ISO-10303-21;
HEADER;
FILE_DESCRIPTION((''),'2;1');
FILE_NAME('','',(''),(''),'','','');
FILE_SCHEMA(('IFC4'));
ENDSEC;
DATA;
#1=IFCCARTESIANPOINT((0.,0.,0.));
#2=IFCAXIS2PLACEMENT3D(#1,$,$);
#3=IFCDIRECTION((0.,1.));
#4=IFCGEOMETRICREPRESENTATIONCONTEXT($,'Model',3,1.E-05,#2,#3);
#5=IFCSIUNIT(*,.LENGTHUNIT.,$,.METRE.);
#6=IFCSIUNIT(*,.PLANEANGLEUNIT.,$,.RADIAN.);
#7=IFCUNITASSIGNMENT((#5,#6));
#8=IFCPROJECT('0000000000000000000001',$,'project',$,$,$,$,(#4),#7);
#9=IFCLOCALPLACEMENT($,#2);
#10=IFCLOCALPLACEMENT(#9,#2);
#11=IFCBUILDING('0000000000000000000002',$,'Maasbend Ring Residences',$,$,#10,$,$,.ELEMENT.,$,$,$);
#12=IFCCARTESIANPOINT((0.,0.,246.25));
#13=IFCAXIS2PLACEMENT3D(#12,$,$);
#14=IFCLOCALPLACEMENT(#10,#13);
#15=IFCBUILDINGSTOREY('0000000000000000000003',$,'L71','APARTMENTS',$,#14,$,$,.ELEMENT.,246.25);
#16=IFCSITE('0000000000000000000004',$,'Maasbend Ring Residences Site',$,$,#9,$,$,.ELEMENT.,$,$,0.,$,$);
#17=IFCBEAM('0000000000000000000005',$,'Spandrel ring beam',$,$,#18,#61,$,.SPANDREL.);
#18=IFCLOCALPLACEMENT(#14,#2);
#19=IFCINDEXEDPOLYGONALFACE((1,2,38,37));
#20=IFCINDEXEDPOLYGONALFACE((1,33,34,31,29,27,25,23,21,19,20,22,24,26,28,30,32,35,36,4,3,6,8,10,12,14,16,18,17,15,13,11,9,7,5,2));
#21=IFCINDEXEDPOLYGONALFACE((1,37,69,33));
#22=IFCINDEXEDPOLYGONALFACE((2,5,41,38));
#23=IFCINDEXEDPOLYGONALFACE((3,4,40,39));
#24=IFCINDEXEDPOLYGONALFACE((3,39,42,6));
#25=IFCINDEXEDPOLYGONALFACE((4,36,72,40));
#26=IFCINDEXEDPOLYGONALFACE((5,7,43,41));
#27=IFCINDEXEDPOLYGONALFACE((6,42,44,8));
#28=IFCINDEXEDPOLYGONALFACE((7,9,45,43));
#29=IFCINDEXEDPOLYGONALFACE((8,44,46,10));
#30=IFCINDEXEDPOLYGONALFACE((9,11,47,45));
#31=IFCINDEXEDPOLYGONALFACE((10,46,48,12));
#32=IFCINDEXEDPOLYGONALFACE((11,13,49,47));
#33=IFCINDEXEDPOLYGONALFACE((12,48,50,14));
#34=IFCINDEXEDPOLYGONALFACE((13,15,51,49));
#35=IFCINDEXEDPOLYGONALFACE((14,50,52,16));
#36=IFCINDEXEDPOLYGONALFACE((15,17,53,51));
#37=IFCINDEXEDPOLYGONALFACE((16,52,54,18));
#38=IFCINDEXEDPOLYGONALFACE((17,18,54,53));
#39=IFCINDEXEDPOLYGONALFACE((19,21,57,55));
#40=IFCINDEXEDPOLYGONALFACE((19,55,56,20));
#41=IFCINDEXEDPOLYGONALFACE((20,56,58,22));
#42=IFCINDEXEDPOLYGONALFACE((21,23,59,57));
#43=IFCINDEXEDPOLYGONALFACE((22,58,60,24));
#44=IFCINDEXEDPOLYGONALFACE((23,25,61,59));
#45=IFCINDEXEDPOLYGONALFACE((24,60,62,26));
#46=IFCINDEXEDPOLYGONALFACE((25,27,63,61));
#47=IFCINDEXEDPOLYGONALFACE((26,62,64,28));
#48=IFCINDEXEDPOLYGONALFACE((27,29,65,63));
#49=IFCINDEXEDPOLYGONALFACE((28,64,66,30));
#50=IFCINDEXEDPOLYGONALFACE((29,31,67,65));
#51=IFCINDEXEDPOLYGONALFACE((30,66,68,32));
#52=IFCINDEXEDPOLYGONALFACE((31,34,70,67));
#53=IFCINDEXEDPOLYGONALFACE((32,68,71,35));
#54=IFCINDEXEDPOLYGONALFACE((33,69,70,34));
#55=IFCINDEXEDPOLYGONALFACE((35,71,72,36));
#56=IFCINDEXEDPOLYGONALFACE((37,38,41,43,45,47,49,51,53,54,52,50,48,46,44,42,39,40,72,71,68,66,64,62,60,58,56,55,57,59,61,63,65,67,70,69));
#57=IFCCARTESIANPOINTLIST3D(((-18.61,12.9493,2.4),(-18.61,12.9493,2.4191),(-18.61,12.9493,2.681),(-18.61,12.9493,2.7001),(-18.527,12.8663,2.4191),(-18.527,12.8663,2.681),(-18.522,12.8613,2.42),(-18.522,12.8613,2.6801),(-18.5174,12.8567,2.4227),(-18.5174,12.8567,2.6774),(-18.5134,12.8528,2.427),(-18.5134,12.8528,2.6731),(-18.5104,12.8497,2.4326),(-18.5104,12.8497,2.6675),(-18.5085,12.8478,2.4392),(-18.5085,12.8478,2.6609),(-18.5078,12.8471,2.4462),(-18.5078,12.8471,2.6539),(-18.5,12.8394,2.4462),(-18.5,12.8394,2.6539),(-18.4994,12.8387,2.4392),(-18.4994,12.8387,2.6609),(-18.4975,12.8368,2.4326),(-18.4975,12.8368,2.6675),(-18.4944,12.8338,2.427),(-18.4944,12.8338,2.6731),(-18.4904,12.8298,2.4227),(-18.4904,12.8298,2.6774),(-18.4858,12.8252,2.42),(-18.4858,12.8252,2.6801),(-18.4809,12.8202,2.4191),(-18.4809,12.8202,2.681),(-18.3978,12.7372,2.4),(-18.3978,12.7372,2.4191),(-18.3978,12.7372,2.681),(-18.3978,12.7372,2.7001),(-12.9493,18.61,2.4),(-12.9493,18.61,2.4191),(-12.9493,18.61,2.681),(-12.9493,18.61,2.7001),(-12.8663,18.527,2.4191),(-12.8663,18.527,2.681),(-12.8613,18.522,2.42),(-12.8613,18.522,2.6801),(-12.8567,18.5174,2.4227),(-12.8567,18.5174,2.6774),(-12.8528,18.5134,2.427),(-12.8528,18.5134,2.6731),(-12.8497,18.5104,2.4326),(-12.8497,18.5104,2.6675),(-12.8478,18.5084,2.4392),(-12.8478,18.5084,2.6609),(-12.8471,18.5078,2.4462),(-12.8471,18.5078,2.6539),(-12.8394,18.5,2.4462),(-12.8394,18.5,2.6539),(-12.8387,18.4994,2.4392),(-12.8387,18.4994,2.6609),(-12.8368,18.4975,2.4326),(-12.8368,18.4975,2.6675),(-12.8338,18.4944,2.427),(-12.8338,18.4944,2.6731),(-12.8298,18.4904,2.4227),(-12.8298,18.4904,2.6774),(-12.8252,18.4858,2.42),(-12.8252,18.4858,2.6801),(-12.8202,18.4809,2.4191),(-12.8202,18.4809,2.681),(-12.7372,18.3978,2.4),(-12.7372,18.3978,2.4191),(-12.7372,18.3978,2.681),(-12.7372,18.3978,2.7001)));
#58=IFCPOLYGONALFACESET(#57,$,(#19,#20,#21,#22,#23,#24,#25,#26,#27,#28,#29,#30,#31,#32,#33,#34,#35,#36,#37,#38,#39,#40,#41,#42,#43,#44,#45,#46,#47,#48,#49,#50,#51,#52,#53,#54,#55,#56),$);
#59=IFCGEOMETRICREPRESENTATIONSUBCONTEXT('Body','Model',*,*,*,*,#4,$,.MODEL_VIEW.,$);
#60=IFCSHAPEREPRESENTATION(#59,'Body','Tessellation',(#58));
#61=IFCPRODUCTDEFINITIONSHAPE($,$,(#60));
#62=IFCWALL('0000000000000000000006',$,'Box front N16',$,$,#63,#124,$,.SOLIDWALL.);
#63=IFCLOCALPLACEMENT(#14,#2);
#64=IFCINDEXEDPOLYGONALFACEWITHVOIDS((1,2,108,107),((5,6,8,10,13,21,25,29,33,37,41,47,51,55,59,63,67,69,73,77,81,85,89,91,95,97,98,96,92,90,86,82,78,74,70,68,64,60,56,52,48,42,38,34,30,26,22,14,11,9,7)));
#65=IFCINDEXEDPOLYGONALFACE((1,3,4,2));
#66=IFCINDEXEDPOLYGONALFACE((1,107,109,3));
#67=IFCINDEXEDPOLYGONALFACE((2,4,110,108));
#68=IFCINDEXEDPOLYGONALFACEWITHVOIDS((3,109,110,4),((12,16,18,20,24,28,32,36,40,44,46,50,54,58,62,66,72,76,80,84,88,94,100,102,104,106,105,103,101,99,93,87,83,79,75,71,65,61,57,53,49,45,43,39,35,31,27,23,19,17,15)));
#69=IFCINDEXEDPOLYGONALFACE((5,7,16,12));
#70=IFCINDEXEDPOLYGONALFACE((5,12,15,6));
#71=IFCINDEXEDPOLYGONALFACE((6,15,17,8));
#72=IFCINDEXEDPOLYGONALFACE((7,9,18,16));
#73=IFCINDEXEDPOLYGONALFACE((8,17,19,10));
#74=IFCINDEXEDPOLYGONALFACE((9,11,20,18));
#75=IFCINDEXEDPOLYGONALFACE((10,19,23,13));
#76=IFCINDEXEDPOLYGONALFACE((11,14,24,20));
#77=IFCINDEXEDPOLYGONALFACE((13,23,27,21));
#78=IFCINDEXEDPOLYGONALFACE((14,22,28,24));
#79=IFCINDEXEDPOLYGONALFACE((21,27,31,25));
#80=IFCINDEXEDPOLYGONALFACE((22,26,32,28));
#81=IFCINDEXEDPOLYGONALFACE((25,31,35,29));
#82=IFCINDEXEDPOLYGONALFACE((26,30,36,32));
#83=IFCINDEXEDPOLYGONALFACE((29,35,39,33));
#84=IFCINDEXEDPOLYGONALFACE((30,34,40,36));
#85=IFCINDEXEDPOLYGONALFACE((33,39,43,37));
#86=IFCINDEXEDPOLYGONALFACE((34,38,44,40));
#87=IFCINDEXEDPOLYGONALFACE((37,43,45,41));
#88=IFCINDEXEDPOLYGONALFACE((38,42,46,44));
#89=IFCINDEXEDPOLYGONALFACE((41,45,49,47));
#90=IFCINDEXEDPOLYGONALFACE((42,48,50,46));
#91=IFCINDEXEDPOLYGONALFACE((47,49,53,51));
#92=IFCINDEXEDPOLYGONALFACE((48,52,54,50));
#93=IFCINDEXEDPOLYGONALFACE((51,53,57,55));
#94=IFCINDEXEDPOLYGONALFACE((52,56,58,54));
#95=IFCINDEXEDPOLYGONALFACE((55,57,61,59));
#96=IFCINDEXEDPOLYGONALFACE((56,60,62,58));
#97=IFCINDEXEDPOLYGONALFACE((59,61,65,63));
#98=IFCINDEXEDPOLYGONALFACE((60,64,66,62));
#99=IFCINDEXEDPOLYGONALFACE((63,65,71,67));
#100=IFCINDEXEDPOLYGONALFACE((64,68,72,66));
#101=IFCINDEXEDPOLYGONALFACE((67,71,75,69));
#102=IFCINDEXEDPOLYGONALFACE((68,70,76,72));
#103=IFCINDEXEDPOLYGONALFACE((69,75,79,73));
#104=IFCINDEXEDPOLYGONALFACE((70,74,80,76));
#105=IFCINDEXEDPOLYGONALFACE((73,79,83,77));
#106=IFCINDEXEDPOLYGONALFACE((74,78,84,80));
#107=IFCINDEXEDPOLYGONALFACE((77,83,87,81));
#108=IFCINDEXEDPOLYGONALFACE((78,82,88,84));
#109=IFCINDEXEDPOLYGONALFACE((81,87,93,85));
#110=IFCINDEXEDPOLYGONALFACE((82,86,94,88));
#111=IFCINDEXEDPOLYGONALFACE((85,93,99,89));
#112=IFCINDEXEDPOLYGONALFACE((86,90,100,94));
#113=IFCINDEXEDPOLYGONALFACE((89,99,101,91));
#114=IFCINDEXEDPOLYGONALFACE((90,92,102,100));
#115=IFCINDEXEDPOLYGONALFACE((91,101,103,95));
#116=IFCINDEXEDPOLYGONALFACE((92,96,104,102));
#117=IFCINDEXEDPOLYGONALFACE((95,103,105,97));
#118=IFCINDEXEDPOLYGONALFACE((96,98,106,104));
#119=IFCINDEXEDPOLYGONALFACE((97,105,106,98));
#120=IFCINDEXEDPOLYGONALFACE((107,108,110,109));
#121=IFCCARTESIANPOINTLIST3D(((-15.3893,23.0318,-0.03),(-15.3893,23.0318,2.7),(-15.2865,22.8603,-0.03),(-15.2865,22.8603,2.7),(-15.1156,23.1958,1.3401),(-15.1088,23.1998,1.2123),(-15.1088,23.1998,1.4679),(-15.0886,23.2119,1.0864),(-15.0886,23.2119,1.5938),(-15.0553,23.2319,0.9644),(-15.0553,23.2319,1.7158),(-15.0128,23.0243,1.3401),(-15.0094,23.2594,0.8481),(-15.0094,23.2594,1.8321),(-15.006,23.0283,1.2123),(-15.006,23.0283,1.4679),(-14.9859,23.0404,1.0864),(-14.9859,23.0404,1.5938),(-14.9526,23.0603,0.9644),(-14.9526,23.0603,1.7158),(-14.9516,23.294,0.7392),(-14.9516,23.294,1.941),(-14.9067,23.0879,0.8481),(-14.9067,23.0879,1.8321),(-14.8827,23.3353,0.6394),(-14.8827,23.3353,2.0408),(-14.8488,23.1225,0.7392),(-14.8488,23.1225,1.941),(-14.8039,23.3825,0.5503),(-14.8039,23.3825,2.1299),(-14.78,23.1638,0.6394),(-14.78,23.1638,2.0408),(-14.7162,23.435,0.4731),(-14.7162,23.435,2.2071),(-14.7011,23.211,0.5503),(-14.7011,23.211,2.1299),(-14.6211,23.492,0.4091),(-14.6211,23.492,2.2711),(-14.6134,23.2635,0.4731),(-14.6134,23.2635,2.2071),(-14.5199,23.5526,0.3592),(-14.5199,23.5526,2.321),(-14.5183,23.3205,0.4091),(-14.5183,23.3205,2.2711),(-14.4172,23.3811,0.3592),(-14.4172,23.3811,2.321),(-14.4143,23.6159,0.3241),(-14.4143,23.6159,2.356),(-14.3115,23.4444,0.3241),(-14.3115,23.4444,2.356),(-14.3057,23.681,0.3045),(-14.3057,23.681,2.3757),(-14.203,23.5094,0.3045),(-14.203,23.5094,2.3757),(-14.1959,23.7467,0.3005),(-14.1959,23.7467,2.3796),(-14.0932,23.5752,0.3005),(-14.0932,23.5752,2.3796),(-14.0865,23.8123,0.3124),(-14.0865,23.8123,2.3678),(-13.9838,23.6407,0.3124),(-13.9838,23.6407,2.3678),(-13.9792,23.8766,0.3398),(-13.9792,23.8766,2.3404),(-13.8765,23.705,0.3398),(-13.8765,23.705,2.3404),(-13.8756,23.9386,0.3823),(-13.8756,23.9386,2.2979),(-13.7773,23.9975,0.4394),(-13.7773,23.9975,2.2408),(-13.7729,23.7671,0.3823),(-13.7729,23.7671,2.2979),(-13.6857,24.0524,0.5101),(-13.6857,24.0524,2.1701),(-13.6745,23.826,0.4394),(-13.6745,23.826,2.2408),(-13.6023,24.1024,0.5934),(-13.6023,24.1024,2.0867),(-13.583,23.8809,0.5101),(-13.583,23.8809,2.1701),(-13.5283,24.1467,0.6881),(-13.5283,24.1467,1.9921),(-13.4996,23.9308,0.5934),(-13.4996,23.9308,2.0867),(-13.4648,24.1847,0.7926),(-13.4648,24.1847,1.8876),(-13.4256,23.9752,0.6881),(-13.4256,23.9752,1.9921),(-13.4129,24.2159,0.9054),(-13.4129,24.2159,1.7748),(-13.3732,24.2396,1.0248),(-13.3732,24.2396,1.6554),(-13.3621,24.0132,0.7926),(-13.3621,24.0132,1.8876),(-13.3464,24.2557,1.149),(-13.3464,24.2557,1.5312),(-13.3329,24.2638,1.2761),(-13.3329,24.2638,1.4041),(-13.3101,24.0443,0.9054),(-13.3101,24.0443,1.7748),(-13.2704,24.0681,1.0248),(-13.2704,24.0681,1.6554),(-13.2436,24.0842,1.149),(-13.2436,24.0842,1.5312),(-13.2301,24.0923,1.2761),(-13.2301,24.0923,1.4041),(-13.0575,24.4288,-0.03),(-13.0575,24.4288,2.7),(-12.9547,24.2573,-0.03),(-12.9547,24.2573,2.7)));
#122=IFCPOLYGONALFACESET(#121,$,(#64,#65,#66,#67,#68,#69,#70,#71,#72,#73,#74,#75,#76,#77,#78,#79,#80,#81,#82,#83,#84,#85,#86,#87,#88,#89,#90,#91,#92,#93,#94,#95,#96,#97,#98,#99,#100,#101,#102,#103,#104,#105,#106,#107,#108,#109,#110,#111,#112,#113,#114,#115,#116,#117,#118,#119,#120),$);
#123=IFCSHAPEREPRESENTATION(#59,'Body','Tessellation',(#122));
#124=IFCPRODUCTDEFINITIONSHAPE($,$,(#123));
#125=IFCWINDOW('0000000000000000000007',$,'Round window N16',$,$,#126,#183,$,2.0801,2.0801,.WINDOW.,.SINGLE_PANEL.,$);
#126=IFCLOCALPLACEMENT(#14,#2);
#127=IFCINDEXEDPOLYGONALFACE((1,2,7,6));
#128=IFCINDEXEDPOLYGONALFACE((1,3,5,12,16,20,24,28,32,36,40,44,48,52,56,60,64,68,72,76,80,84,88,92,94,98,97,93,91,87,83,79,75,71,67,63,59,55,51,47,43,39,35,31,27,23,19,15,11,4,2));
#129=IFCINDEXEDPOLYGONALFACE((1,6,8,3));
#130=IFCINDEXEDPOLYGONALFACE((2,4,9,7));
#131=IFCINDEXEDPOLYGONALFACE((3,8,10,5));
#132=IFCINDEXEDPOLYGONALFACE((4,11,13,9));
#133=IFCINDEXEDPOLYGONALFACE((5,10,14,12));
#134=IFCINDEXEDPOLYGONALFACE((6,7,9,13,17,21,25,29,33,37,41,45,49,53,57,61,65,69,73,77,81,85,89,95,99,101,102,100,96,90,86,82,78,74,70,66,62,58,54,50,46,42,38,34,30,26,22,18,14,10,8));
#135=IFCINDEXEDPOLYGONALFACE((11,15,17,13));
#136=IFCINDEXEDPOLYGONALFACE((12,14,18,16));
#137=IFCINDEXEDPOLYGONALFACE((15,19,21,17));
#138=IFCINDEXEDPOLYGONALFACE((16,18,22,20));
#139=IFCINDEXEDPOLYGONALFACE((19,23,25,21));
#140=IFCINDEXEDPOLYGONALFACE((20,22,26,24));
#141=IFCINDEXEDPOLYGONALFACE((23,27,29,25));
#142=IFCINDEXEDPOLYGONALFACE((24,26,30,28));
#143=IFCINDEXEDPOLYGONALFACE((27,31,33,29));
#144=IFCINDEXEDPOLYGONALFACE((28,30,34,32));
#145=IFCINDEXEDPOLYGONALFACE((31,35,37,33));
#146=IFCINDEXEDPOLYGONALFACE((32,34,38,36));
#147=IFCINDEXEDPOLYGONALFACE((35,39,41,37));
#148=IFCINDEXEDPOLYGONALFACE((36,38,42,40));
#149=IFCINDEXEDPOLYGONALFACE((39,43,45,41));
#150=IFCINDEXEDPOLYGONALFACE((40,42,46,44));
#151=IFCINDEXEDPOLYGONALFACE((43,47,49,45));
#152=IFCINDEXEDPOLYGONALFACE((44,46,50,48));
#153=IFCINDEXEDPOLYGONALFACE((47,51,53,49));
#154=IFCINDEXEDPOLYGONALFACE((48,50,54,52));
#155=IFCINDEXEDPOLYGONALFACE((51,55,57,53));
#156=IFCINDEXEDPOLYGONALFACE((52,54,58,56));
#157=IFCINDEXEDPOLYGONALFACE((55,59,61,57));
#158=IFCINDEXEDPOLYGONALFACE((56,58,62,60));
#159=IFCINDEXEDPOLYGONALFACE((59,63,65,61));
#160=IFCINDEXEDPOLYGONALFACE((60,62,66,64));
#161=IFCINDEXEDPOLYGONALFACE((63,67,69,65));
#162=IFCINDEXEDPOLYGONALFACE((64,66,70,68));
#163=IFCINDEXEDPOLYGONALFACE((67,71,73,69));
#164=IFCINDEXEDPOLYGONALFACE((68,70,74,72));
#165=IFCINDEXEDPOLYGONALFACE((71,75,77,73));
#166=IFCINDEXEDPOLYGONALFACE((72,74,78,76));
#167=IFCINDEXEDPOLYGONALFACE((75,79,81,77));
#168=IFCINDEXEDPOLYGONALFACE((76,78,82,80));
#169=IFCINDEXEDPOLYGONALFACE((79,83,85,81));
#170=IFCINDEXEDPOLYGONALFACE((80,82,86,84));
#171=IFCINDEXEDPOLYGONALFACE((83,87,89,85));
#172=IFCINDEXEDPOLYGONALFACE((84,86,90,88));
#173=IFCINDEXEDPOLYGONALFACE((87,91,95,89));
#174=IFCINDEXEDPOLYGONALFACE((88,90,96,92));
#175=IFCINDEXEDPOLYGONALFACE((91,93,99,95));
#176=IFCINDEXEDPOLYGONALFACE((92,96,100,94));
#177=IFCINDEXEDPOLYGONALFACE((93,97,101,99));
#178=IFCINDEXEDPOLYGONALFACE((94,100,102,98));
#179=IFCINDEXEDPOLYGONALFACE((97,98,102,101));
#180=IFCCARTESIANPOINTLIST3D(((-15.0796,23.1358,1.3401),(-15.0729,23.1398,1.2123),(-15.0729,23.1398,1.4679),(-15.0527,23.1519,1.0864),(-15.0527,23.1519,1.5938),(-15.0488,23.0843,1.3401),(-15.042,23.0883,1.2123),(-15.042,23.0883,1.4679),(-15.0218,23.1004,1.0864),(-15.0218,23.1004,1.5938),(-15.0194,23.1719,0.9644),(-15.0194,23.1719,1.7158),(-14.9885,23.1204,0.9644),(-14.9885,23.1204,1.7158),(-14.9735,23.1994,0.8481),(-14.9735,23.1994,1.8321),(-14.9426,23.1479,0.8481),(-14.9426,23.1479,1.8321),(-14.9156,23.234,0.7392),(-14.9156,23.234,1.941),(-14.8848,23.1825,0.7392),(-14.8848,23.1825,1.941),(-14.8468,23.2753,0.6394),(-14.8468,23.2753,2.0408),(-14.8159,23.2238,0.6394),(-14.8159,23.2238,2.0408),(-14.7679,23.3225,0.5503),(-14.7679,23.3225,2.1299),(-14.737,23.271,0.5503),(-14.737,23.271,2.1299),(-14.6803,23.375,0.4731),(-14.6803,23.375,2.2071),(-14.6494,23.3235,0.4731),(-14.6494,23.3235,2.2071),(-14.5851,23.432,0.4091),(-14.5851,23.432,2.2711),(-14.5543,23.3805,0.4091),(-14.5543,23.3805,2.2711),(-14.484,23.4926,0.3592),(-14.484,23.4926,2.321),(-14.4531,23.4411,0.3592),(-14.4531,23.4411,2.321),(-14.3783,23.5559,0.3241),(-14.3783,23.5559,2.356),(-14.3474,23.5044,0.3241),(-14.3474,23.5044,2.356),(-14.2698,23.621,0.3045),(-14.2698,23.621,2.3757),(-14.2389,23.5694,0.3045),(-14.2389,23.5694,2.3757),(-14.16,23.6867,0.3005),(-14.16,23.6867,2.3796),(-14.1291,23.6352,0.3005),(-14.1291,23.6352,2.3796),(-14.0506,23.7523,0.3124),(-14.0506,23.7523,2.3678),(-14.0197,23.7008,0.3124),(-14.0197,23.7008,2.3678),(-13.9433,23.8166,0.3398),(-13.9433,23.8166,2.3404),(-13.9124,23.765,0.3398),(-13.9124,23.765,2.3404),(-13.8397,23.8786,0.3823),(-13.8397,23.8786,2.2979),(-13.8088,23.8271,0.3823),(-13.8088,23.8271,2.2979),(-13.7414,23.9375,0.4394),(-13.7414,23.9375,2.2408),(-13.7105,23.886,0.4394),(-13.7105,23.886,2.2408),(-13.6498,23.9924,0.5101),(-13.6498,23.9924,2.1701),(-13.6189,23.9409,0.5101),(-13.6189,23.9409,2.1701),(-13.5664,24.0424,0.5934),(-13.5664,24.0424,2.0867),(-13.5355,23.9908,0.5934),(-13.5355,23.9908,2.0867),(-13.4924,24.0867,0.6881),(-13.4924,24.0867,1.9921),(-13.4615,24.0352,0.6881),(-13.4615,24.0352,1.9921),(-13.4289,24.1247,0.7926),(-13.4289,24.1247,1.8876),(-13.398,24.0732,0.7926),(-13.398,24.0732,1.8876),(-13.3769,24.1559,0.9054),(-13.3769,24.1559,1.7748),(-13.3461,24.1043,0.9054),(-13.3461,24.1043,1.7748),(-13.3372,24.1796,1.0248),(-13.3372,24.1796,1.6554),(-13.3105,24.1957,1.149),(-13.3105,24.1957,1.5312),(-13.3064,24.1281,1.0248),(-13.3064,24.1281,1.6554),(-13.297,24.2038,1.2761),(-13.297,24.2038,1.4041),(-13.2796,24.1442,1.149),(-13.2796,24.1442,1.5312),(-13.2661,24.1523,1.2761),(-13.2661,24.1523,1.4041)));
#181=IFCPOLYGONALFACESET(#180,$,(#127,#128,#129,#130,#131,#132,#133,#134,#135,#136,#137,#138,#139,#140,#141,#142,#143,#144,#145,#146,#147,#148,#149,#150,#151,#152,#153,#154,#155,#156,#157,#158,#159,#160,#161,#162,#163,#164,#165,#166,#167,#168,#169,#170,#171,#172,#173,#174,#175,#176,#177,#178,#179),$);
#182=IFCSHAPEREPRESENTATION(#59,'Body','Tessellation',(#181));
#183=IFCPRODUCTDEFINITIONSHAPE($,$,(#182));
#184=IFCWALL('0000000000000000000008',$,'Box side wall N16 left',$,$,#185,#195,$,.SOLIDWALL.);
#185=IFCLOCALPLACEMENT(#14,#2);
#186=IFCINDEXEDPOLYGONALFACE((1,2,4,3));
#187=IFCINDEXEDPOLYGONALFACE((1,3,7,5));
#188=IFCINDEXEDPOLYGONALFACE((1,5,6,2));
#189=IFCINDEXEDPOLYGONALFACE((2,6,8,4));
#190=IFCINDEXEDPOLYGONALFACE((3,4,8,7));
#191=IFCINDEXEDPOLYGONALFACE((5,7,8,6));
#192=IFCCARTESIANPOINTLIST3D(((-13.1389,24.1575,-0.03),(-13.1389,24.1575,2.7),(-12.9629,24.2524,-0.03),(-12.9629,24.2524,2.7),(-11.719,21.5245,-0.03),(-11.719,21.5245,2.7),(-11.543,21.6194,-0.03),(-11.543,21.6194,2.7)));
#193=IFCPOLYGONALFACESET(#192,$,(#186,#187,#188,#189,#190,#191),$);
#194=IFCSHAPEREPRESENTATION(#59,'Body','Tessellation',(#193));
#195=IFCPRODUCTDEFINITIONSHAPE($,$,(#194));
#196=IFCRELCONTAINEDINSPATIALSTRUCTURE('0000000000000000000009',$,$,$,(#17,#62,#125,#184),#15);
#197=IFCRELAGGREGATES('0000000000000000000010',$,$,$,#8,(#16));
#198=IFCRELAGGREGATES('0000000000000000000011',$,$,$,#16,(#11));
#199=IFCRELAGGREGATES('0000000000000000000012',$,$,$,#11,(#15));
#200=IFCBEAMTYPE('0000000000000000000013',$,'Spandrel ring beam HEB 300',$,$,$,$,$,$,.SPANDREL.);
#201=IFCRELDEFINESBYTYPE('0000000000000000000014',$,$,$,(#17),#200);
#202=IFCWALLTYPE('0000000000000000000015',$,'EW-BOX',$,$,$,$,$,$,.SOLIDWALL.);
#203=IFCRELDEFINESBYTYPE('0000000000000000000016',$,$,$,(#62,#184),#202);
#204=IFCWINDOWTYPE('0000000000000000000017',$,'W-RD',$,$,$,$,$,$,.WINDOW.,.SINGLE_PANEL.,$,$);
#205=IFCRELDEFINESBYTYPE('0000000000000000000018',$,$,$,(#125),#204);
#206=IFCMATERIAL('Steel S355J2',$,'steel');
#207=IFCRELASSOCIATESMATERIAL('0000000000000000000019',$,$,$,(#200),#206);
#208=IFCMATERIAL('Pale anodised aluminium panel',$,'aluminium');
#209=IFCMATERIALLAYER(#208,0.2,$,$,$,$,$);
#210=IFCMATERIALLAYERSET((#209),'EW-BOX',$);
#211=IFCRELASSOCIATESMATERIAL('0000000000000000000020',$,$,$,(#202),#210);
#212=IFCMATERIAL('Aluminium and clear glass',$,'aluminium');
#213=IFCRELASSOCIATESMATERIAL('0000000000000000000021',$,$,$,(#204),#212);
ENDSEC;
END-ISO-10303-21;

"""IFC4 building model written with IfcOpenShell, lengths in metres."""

from ifc_helpers import new_model, si_unit, direction, frame, frame_2d, origin, origin_2d, place, context, subcontext, project, spatial, rectangle, circle, i_section, extrude, material, layer, layer_set, material_profile, profile_set, type_object, element, fill, save


model = new_model("IFC4")

# Units and contexts
model_context = context("Model", 3, precision=1e-05, world=origin(), true_north=direction((0.0, 1.0)))
body_context = subcontext(model_context, "Body", "Model", "MODEL_VIEW")
ifc_project = project(units=[si_unit("LENGTHUNIT", "METRE"), si_unit("PLANEANGLEUNIT", "RADIAN")], contexts=[model_context])

# Site, building, storey
site_placement = place(None, origin())
site = spatial("IfcSite", under=ifc_project, at=site_placement, Name="Maasbend Ring Residences Site", CompositionType="ELEMENT", RefElevation=0.0)
building_placement = place(site_placement, origin())
building = spatial("IfcBuilding", under=site, at=building_placement, Name="Maasbend Ring Residences", CompositionType="ELEMENT")
storey_placement = place(building_placement, frame((0.0, 0.0, 246.25)))
storey = spatial("IfcBuildingStorey", under=building, at=storey_placement, Name="L71", Description="APARTMENTS", CompositionType="ELEMENT", Elevation=246.25)

# Beam
ifc_material_1 = material(Name="Steel S355J2", Category="steel")
ifc_material_profile_1 = material_profile(ifc_material_1, i_section(OverallWidth=0.3, OverallDepth=0.3, WebThickness=0.011, FlangeThickness=0.019, FilletRadius=0.0271, at=origin_2d()), Name="HEB 300")
ifc_profile_set_1 = profile_set([ifc_material_profile_1], Name="Steel S355J2")
beam_type = type_object("IfcBeamType", Name="Spandrel ring beam HEB 300", PredefinedType="SPANDREL", material=ifc_profile_set_1)
beam_placement = place(storey_placement, frame((-12.8433, 18.5039, 2.55), z_axis=(-0.707107, -0.707107, 0.0), x_axis=(0.707107, -0.707107, 0.0)))
element("IfcBeam", 1, at=beam_placement, inside=storey, type_object=beam_type, Name="Spandrel ring beam", PredefinedType="SPANDREL", context=body_context, shape_type="SweptSolid", body=[
    extrude(i_section(OverallWidth=0.3, OverallDepth=0.3, WebThickness=0.011, FlangeThickness=0.019, FilletRadius=0.0271, at=origin_2d()), origin(), (0.0, 0.0, 1.0), 8.0054),
])

# Wall, opening, window
ifc_material_2 = material(Name="Pale anodised aluminium panel", Category="aluminium")
ifc_layer_1 = layer(ifc_material_2, 0.2)
ifc_layer_set_1 = layer_set([ifc_layer_1], Name="EW-BOX")
wall_type_1 = type_object("IfcWallType", Name="EW-BOX", PredefinedType="SOLIDWALL", material=ifc_layer_set_1)
wall_1_placement = place(storey_placement, frame((-13.0061, 24.343, -0.03), z_axis=(0.0, 0.0, 1.0), x_axis=(-0.857834, -0.513928, 0.0)))
wall_1 = element("IfcWall", 2, at=wall_1_placement, inside=storey, type_object=wall_type_1, Name="Box front N16", PredefinedType="SOLIDWALL", context=body_context, shape_type="SweptSolid", body=[
    extrude(rectangle(XDim=2.7183, YDim=0.2, at=frame_2d((1.3591, 0.0))), origin(), (0.0, 0.0, 1.0), 2.73),
])
opening_1_placement = place(wall_1_placement, frame((0.3191, 0.0, 0.3301)))
opening_1 = element("IfcOpeningElement", 3, at=opening_1_placement, cuts=wall_1, PredefinedType="OPENING", context=body_context, shape_type="SweptSolid", body=[
    extrude(circle(Radius=1.04, at=frame_2d((1.04, 1.04))), frame((0.0, 0.1099, 0.0), z_axis=(0.0, -1.0, 0.0), x_axis=(1.0, 0.0, 0.0)), (0.0, 0.0, 1.0), 0.22),
])
ifc_material_3 = material(Name="Aluminium and clear glass", Category="aluminium")
window_type_1 = type_object("IfcWindowType", Name="W-RD", PartitioningType="SINGLE_PANEL", PredefinedType="WINDOW", material=ifc_material_3)
window_1_placement = place(opening_1_placement, origin())
window_1 = element("IfcWindow", 4, at=window_1_placement, inside=storey, type_object=window_type_1, Name="Round window N16", OverallHeight=2.0801, OverallWidth=2.0801, PartitioningType="SINGLE_PANEL", PredefinedType="WINDOW", context=body_context, shape_type="SweptSolid", body=[
    extrude(circle(Radius=1.04, at=frame_2d((1.04, 1.04))), frame((0.0, 0.03, 0.0), z_axis=(0.0, -1.0, 0.0), x_axis=(1.0, 0.0, 0.0)), (0.0, 0.0, 1.0), 0.0601),
])
fill(opening_1, window_1)

# Wall
wall_2_placement = place(storey_placement, frame((-11.6311, 21.572, -0.03), z_axis=(0.0, 0.0, 1.0), x_axis=(-0.47465, 0.880175, 0.0)))
element("IfcWall", 5, at=wall_2_placement, inside=storey, type_object=wall_type_1, Name="Box side wall N16 left", PredefinedType="SOLIDWALL", context=body_context, shape_type="SweptSolid", body=[
    extrude(rectangle(XDim=2.9915, YDim=0.2, at=frame_2d((1.4956, 0.0))), origin(), (0.0, 0.0, 1.0), 2.73),
])

save(model, "model.ifc")
